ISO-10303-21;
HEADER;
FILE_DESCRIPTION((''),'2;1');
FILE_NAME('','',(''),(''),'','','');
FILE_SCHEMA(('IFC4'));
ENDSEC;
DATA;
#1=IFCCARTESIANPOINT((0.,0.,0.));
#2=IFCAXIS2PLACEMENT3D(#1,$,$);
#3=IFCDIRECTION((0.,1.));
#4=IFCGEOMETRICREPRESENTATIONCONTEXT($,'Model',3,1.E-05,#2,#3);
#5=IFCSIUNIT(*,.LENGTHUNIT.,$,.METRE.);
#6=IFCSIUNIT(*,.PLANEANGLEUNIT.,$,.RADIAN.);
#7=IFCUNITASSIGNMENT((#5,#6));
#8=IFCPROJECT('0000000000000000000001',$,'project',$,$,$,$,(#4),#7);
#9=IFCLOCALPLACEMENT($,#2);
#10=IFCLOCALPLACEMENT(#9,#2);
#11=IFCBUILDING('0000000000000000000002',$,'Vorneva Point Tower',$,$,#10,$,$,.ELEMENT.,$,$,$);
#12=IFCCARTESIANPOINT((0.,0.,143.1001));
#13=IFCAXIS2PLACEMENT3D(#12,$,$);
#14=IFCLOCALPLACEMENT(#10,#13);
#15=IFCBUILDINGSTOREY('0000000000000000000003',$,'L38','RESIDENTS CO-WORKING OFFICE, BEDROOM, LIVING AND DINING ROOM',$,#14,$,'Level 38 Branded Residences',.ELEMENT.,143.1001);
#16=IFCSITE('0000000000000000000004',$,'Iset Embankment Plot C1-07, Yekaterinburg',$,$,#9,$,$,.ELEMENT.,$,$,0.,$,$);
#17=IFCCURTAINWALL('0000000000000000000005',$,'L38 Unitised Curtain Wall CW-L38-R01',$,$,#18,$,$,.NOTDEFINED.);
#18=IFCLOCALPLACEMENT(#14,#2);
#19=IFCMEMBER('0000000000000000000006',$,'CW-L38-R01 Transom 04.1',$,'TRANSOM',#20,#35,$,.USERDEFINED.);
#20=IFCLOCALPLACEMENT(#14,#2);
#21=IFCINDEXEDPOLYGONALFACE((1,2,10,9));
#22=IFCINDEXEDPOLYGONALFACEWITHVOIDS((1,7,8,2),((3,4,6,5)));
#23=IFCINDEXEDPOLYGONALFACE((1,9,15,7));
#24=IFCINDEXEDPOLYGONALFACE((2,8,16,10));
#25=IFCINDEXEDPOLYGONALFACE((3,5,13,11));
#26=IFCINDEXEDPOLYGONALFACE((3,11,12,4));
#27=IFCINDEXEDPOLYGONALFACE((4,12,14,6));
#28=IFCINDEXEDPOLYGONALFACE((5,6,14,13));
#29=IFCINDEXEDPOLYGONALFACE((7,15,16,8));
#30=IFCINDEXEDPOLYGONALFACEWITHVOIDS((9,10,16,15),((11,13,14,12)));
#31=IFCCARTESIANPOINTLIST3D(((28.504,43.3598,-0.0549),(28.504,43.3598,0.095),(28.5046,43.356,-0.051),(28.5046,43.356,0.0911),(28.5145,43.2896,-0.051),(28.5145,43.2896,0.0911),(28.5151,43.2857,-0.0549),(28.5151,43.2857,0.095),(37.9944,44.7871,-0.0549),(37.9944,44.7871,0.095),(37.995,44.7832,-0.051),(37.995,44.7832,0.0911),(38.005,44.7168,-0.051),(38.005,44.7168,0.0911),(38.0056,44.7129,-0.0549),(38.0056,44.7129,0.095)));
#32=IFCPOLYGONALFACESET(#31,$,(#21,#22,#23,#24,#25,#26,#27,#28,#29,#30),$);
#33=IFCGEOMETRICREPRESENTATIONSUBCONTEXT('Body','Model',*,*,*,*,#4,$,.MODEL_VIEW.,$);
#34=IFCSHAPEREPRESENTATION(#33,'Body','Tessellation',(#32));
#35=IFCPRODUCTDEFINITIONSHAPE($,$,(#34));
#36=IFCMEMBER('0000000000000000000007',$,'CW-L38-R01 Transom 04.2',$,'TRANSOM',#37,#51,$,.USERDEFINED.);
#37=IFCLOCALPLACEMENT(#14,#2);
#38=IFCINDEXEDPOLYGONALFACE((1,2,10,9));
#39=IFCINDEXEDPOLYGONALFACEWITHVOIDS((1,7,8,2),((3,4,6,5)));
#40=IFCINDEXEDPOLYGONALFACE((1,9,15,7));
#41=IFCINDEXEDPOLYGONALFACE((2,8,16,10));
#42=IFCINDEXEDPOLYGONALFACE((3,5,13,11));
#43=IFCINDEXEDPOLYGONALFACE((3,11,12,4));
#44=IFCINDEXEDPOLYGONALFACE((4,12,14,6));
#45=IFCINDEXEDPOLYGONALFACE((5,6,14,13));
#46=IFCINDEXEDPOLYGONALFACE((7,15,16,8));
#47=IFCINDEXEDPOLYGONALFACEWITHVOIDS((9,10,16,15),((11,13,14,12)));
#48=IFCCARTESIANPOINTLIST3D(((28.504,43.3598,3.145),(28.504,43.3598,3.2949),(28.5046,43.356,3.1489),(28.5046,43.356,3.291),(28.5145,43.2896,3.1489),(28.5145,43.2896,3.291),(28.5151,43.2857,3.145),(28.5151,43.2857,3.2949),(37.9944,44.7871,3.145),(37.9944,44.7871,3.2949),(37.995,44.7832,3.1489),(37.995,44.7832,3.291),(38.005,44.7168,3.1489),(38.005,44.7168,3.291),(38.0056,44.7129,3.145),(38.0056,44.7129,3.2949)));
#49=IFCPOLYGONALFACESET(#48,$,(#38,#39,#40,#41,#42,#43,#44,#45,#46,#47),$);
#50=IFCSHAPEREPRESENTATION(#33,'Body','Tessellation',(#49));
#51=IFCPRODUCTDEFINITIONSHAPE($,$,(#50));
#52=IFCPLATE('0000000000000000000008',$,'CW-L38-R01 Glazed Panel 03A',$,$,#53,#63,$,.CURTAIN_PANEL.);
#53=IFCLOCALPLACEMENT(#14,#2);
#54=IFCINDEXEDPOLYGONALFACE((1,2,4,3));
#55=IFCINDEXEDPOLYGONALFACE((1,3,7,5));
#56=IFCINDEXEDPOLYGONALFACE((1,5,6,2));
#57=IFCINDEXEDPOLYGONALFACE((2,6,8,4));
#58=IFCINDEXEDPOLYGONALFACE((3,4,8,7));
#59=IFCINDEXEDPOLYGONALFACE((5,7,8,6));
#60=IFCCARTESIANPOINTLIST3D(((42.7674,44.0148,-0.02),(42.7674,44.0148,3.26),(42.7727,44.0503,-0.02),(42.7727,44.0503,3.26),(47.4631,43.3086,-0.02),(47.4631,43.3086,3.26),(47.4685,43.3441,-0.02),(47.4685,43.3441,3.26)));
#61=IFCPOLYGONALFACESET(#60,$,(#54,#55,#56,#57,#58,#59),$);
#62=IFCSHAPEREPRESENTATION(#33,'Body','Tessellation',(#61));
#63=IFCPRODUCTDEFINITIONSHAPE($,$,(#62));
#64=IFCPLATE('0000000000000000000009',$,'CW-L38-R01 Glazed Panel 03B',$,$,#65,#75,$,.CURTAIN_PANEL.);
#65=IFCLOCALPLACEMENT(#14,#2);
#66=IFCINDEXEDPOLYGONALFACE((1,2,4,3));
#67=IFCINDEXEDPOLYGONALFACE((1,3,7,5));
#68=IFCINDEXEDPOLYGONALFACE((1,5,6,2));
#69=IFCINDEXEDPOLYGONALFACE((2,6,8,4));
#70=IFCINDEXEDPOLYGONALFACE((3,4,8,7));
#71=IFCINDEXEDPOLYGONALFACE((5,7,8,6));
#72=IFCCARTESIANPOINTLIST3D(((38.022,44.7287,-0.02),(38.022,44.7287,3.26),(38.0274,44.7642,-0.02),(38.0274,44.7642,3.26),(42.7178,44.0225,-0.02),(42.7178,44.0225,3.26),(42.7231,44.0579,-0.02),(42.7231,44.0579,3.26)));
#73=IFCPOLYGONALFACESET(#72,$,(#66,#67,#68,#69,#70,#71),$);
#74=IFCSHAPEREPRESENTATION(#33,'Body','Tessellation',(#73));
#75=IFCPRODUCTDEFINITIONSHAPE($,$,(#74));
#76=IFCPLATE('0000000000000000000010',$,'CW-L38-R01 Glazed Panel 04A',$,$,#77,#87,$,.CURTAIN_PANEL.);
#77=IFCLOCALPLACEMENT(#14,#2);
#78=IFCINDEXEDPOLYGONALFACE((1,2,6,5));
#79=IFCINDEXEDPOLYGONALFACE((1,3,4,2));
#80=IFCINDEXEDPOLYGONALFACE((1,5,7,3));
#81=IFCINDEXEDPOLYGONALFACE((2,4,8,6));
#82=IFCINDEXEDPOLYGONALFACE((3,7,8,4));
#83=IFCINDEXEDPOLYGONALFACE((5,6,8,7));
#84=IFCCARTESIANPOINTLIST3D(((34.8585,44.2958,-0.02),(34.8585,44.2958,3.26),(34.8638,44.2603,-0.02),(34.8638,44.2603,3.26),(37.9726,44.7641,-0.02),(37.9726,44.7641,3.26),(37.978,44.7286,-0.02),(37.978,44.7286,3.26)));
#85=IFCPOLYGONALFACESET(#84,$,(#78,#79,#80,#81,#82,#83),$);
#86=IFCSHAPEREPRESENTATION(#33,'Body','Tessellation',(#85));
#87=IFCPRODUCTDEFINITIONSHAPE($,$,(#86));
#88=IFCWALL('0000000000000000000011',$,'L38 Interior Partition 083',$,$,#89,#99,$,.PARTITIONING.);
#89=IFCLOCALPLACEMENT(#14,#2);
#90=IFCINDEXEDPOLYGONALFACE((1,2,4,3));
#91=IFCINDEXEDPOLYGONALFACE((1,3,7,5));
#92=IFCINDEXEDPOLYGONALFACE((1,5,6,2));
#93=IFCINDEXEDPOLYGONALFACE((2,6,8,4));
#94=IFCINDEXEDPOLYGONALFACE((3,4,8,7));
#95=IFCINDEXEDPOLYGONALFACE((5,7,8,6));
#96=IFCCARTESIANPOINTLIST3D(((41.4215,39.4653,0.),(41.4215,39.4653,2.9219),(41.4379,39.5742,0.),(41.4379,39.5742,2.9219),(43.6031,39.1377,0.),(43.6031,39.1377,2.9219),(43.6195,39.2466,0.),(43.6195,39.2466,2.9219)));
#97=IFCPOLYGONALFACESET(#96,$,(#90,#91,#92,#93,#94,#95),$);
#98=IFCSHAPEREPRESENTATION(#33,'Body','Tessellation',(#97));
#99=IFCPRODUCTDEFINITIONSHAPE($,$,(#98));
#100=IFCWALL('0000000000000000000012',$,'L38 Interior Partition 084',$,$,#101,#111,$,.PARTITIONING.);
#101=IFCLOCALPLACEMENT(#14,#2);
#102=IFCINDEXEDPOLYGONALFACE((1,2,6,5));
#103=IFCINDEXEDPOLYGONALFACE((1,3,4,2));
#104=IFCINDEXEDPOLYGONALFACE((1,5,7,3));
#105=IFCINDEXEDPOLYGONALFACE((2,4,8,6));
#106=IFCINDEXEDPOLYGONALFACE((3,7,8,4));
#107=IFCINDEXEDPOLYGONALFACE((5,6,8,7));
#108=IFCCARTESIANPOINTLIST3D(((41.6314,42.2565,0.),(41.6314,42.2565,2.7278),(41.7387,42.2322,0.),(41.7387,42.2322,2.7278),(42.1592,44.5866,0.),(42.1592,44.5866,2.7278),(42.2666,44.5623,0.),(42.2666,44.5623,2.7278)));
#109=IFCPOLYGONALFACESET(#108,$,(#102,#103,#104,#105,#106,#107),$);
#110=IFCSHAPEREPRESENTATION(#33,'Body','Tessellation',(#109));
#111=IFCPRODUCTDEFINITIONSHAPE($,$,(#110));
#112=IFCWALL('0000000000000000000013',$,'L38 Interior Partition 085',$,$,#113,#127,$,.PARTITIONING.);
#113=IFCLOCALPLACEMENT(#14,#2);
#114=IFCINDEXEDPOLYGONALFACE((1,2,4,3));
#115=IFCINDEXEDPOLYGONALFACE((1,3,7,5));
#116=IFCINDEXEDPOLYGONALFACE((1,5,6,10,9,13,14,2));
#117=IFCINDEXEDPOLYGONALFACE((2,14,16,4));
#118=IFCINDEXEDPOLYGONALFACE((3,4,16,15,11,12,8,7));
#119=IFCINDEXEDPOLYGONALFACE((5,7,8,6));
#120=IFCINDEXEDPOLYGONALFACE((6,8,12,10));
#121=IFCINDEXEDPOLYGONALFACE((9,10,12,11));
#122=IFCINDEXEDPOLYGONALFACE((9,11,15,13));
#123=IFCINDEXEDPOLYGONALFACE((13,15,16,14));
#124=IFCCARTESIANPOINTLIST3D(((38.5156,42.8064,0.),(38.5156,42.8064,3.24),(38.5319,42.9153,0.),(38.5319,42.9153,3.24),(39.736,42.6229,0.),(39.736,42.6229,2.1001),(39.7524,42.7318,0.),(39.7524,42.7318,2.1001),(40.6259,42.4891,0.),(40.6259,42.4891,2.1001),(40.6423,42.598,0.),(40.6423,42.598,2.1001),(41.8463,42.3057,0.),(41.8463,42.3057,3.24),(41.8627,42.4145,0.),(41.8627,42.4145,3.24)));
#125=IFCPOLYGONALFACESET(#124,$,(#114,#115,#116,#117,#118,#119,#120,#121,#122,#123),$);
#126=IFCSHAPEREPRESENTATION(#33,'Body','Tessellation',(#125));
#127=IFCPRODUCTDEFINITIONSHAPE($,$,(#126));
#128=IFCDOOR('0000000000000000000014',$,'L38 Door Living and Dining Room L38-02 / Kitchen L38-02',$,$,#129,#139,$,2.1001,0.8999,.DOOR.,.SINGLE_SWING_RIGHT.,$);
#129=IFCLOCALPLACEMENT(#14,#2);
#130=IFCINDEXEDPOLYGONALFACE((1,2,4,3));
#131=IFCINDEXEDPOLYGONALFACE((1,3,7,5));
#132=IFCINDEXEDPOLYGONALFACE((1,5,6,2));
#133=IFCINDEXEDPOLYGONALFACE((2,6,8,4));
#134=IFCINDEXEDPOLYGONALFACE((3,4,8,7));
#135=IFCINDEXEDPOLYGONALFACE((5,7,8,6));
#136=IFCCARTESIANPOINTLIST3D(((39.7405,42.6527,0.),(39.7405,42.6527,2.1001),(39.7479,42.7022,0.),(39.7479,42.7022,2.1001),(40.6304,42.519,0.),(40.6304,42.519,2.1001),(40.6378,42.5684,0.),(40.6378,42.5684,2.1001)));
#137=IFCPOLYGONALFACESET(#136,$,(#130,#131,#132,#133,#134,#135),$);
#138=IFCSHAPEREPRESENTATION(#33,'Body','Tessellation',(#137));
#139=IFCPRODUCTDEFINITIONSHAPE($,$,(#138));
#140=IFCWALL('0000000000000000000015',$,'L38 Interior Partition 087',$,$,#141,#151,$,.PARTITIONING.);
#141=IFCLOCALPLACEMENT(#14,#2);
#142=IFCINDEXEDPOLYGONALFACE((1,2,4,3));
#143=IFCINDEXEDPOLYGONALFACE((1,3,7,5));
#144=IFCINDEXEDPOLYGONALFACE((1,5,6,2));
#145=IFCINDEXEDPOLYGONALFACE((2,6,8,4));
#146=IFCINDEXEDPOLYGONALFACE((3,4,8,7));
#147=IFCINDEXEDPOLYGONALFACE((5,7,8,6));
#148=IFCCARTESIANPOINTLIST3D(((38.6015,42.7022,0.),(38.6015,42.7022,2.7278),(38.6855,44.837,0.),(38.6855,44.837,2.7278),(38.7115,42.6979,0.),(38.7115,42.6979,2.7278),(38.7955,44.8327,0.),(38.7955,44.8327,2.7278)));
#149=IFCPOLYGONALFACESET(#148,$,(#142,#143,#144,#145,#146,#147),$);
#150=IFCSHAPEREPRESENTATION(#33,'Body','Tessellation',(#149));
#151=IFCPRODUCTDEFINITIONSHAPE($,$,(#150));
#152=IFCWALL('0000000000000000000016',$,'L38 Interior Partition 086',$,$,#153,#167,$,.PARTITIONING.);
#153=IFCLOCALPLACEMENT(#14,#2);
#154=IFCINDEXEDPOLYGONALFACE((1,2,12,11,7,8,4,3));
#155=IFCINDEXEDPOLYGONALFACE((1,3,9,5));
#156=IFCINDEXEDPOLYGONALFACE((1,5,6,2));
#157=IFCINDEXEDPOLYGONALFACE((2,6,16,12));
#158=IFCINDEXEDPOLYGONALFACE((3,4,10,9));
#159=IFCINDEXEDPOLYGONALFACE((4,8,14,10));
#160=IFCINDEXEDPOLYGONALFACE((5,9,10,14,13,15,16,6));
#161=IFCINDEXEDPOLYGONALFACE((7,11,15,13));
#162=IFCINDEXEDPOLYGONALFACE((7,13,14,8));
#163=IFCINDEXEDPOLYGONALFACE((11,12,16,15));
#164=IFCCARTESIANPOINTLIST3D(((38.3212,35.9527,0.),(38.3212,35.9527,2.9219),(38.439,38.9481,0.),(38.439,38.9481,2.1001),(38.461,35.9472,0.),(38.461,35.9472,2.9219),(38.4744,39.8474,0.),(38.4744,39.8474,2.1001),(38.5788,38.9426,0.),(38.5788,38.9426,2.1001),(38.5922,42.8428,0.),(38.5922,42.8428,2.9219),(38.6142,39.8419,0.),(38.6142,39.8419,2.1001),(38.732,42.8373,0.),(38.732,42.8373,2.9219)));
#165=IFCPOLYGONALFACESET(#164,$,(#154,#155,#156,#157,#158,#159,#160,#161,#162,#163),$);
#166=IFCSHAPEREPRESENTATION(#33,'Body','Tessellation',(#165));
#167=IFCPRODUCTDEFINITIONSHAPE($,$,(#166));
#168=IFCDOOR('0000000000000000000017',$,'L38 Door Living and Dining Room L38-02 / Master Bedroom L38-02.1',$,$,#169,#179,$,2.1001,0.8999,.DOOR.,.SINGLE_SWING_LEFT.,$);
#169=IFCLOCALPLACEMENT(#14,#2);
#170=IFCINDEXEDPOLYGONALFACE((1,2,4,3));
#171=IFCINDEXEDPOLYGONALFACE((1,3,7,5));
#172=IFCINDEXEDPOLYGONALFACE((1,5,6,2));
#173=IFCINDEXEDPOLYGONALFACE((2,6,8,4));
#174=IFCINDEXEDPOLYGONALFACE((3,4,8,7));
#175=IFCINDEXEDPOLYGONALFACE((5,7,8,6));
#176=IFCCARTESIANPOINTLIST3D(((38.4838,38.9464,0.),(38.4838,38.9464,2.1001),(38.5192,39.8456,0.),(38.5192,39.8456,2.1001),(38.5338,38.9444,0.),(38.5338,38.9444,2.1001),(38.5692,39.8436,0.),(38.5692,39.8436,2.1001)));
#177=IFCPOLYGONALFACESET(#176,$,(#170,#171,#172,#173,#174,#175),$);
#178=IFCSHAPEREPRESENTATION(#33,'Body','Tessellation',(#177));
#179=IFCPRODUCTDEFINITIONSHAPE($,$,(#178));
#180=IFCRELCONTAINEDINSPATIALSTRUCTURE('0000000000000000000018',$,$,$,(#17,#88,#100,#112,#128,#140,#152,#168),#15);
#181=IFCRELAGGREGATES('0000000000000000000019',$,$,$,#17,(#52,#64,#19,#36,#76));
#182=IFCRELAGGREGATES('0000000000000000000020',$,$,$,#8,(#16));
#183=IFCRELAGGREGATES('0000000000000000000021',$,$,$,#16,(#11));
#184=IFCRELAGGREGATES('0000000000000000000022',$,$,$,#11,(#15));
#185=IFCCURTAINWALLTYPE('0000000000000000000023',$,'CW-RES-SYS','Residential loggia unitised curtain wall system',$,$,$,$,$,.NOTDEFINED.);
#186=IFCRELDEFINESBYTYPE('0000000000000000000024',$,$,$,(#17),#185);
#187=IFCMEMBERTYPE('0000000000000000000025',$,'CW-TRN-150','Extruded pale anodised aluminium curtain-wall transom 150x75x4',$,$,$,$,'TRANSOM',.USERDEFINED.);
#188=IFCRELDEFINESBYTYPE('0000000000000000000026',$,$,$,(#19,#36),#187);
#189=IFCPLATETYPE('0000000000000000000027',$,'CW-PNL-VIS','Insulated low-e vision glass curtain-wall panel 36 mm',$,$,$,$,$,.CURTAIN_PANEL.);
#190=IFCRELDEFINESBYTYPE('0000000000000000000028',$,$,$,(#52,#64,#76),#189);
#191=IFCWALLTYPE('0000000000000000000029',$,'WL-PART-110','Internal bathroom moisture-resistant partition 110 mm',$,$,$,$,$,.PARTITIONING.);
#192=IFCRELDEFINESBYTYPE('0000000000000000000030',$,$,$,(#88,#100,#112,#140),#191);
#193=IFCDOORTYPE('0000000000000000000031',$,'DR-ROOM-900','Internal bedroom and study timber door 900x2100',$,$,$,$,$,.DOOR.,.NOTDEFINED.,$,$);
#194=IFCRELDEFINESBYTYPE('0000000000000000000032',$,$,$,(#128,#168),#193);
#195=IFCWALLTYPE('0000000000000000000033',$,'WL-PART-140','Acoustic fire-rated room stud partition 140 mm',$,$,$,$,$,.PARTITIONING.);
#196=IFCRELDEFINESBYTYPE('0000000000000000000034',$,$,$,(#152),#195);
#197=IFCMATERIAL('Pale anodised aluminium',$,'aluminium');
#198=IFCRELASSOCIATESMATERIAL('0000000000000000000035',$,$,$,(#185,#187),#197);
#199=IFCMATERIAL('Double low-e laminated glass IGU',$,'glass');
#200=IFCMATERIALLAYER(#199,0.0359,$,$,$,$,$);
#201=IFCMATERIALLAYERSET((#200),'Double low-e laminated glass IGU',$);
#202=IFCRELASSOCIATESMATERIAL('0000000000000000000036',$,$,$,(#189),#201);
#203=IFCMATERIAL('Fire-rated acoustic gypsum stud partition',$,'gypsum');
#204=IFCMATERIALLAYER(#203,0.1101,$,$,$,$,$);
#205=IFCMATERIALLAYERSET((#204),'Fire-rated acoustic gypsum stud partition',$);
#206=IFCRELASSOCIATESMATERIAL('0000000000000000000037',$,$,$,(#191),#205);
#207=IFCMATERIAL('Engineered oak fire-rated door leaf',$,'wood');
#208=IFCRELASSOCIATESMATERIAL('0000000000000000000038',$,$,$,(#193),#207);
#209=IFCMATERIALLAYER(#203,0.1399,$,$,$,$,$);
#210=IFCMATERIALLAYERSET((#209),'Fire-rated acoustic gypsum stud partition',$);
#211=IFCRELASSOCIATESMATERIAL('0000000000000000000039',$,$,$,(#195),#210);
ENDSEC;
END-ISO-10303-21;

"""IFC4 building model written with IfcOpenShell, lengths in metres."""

from ifc_helpers import new_model, si_unit, direction, frame, frame_2d, origin, origin_2d, place, context, subcontext, project, spatial, rectangle, hollow_rectangle, extrude, material, layer, layer_set, material_profile, profile_set, type_object, element, fill, aggregate, save


model = new_model("IFC4")

# Units and contexts
model_context = context("Model", 3, precision=1e-05, world=origin(), true_north=direction((0.0, 1.0)))
body_context = subcontext(model_context, "Body", "Model", "MODEL_VIEW")
ifc_project = project(units=[si_unit("LENGTHUNIT", "METRE"), si_unit("PLANEANGLEUNIT", "RADIAN")], contexts=[model_context])

# Site, building, storey
site_placement = place(None, origin())
site = spatial("IfcSite", under=ifc_project, at=site_placement, Name="Iset Embankment Plot C1-07, Yekaterinburg", CompositionType="ELEMENT", RefElevation=0.0)
building_placement = place(site_placement, origin())
building = spatial("IfcBuilding", under=site, at=building_placement, Name="Vorneva Point Tower", CompositionType="ELEMENT")
storey_placement = place(building_placement, frame((0.0, 0.0, 143.1001)))
storey = spatial("IfcBuildingStorey", under=building, at=storey_placement, Name="L38", Description="RESIDENTS CO-WORKING OFFICE, BEDROOM, LIVING AND DINING ROOM", LongName="Level 38 Branded Residences", CompositionType="ELEMENT", Elevation=143.1001)

# Curtain wall, members, plates
ifc_material_1 = material(Name="Pale anodised aluminium", Category="aluminium")
curtain_wall_type = type_object("IfcCurtainWallType", Name="CW-RES-SYS", Description="Residential loggia unitised curtain wall system", PredefinedType="NOTDEFINED", material=ifc_material_1)
curtain_wall_placement = place(storey_placement, origin())
curtain_wall = element("IfcCurtainWall", 1, at=curtain_wall_placement, inside=storey, type_object=curtain_wall_type, Name="L38 Unitised Curtain Wall CW-L38-R01", PredefinedType="NOTDEFINED")
ifc_material_profile_1 = material_profile(ifc_material_1, hollow_rectangle(XDim=0.075, YDim=0.1499, WallThickness=0.0039, at=origin_2d()), Name="AL-TRN 150x75x4")
ifc_profile_set_1 = profile_set([ifc_material_profile_1], Name="Pale anodised aluminium")
member_type_1 = type_object("IfcMemberType", Name="CW-TRN-150", Description="Extruded pale anodised aluminium curtain-wall transom 150x75x4", ElementType="TRANSOM", PredefinedType="USERDEFINED", material=ifc_profile_set_1)
member_1_placement = place(storey_placement, frame((38.0, 44.75, 0.02), z_axis=(-0.98888, -0.148715, 0.0), x_axis=(0.148715, -0.98888, 0.0)))
member_1 = element("IfcMember", 2, at=member_1_placement, type_object=member_type_1, Name="CW-L38-R01 Transom 04.1", ObjectType="TRANSOM", PredefinedType="USERDEFINED", context=body_context, shape_type="SweptSolid", body=[
    extrude(hollow_rectangle(XDim=0.075, YDim=0.1499, WallThickness=0.0039, at=origin_2d()), origin(), (0.0, 0.0, 1.0), 9.5972),
])
member_2_placement = place(storey_placement, frame((38.0, 44.75, 3.22), z_axis=(-0.98888, -0.148715, 0.0), x_axis=(0.148715, -0.98888, 0.0)))
member_2 = element("IfcMember", 3, at=member_2_placement, type_object=member_type_1, Name="CW-L38-R01 Transom 04.2", ObjectType="TRANSOM", PredefinedType="USERDEFINED", context=body_context, shape_type="SweptSolid", body=[
    extrude(hollow_rectangle(XDim=0.075, YDim=0.1499, WallThickness=0.0039, at=origin_2d()), origin(), (0.0, 0.0, 1.0), 9.5972),
])
ifc_material_2 = material(Name="Double low-e laminated glass IGU", Category="glass")
ifc_layer_1 = layer(ifc_material_2, 0.0359)
ifc_layer_set_1 = layer_set([ifc_layer_1], Name="Double low-e laminated glass IGU")
plate_type = type_object("IfcPlateType", Name="CW-PNL-VIS", Description="Insulated low-e vision glass curtain-wall panel 36 mm", PredefinedType="CURTAIN_PANEL", material=ifc_layer_set_1)
plate_1_placement = place(storey_placement, frame((45.1179, 43.6794, -0.02), z_axis=(0.0, 0.0, 1.0), x_axis=(-0.988879, 0.148724, 0.0)))
plate_1 = element("IfcPlate", 4, at=plate_1_placement, type_object=plate_type, Name="CW-L38-R01 Glazed Panel 03A", PredefinedType="CURTAIN_PANEL", context=body_context, shape_type="SweptSolid", body=[
    extrude(rectangle(XDim=4.7485, YDim=0.0359, at=origin_2d()), origin(), (0.0, 0.0, 1.0), 3.28),
])
plate_2_placement = place(storey_placement, frame((40.3726, 44.3933, -0.02), z_axis=(0.0, 0.0, 1.0), x_axis=(-0.988879, 0.148724, 0.0)))
plate_2 = element("IfcPlate", 5, at=plate_2_placement, type_object=plate_type, Name="CW-L38-R01 Glazed Panel 03B", PredefinedType="CURTAIN_PANEL", context=body_context, shape_type="SweptSolid", body=[
    extrude(rectangle(XDim=4.7485, YDim=0.0359, at=origin_2d()), origin(), (0.0, 0.0, 1.0), 3.28),
])
plate_3_placement = place(storey_placement, frame((36.4182, 44.5122, -0.02), z_axis=(0.0, 0.0, 1.0), x_axis=(-0.988879, -0.148724, 0.0)))
plate_3 = element("IfcPlate", 6, at=plate_3_placement, type_object=plate_type, Name="CW-L38-R01 Glazed Panel 04A", PredefinedType="CURTAIN_PANEL", context=body_context, shape_type="SweptSolid", body=[
    extrude(rectangle(XDim=3.1492, YDim=0.0359, at=origin_2d()), origin(), (0.0, 0.0, 1.0), 3.28),
])
aggregate(curtain_wall, [plate_1, plate_2, member_1, member_2, plate_3])

# Walls
ifc_material_3 = material(Name="Fire-rated acoustic gypsum stud partition", Category="gypsum")
ifc_layer_2 = layer(ifc_material_3, 0.1101)
ifc_layer_set_2 = layer_set([ifc_layer_2], Name="Fire-rated acoustic gypsum stud partition")
wall_type_1 = type_object("IfcWallType", Name="WL-PART-110", Description="Internal bathroom moisture-resistant partition 110 mm", PredefinedType="PARTITIONING", material=ifc_layer_set_2)
wall_1_placement = place(storey_placement, frame((41.4297, 39.5198, 0.0), z_axis=(0.0, 0.0, 1.0), x_axis=(0.98891, -0.148514, 0.0)))
element("IfcWall", 7, at=wall_1_placement, inside=storey, type_object=wall_type_1, Name="L38 Interior Partition 083", PredefinedType="PARTITIONING", context=body_context, shape_type="SweptSolid", body=[
    extrude(rectangle(XDim=2.2061, YDim=0.1101, at=frame_2d((1.103, 0.0))), origin(), (0.0, 0.0, 1.0), 2.9219),
])
wall_2_placement = place(storey_placement, frame((42.2129, 44.5745, 0.0), z_axis=(0.0, 0.0, 1.0), x_axis=(-0.220932, -0.975289, 0.0)))
element("IfcWall", 8, at=wall_2_placement, inside=storey, type_object=wall_type_1, Name="L38 Interior Partition 084", PredefinedType="PARTITIONING", context=body_context, shape_type="SweptSolid", body=[
    extrude(rectangle(XDim=2.3892, YDim=0.1101, at=frame_2d((1.1946, 0.0))), origin(), (0.0, 0.0, 1.0), 2.7278),
])

# Wall, opening, door
wall_3_placement = place(storey_placement, frame((41.8545, 42.3601, 0.0), z_axis=(0.0, 0.0, 1.0), x_axis=(-0.988888, 0.148663, 0.0)))
wall_3 = element("IfcWall", 9, at=wall_3_placement, inside=storey, type_object=wall_type_1, Name="L38 Interior Partition 085", PredefinedType="PARTITIONING", context=body_context, shape_type="SweptSolid", body=[
    extrude(rectangle(XDim=3.3682, YDim=0.1101, at=frame_2d((1.6841, 0.0))), origin(), (0.0, 0.0, 1.0), 3.24),
])
opening_1_placement = place(wall_3_placement, frame((1.2341, 0.0, 0.0)))
opening_1 = element("IfcOpeningElement", 10, at=opening_1_placement, cuts=wall_3, PredefinedType="OPENING", context=body_context, shape_type="SweptSolid", body=[
    extrude(rectangle(XDim=0.8999, YDim=2.1001, at=frame_2d((0.45, 1.05))), frame((0.0, 0.0698, 0.0), z_axis=(0.0, -1.0, 0.0), x_axis=(1.0, 0.0, 0.0)), (0.0, 0.0, 1.0), 0.1399),
])
ifc_material_4 = material(Name="Engineered oak fire-rated door leaf", Category="wood")
door_type_1 = type_object("IfcDoorType", Name="DR-ROOM-900", Description="Internal bedroom and study timber door 900x2100", OperationType="NOTDEFINED", PredefinedType="DOOR", material=ifc_material_4)
door_1_placement = place(opening_1_placement, origin())
door_1 = element("IfcDoor", 11, at=door_1_placement, inside=storey, type_object=door_type_1, Name="L38 Door Living and Dining Room L38-02 / Kitchen L38-02", OperationType="SINGLE_SWING_RIGHT", OverallHeight=2.1001, OverallWidth=0.8999, PredefinedType="DOOR", context=body_context, shape_type="SweptSolid", body=[
    extrude(rectangle(XDim=0.8999, YDim=2.1001, at=frame_2d((0.45, 1.05))), frame((0.0, 0.0249, 0.0), z_axis=(0.0, -1.0, 0.0), x_axis=(1.0, 0.0, 0.0)), (0.0, 0.0, 1.0), 0.05),
])
fill(opening_1, door_1)

# Wall
wall_4_placement = place(storey_placement, frame((38.7405, 44.835, 0.0), z_axis=(0.0, 0.0, 1.0), x_axis=(-0.039311, -0.999227, 0.0)))
element("IfcWall", 12, at=wall_4_placement, inside=storey, type_object=wall_type_1, Name="L38 Interior Partition 087", PredefinedType="PARTITIONING", context=body_context, shape_type="SweptSolid", body=[
    extrude(rectangle(XDim=2.1365, YDim=0.1101, at=frame_2d((1.0684, 0.0))), origin(), (0.0, 0.0, 1.0), 2.7278),
])

# Wall, opening, door
ifc_layer_3 = layer(ifc_material_3, 0.1399)
ifc_layer_set_3 = layer_set([ifc_layer_3], Name="Fire-rated acoustic gypsum stud partition")
wall_type_2 = type_object("IfcWallType", Name="WL-PART-140", Description="Acoustic fire-rated room stud partition 140 mm", PredefinedType="PARTITIONING", material=ifc_layer_set_3)
wall_5_placement = place(storey_placement, frame((38.6621, 42.8401, 0.0), z_axis=(0.0, 0.0, 1.0), x_axis=(-0.039301, -0.999227, 0.0)))
wall_5 = element("IfcWall", 13, at=wall_5_placement, inside=storey, type_object=wall_type_2, Name="L38 Interior Partition 086", PredefinedType="PARTITIONING", context=body_context, shape_type="SweptSolid", body=[
    extrude(rectangle(XDim=6.8955, YDim=0.1399, at=frame_2d((3.4478, 0.0))), origin(), (0.0, 0.0, 1.0), 2.9219),
])
opening_2_placement = place(wall_5_placement, frame((2.9978, 0.0, 0.0)))
opening_2 = element("IfcOpeningElement", 14, at=opening_2_placement, cuts=wall_5, PredefinedType="OPENING", context=body_context, shape_type="SweptSolid", body=[
    extrude(rectangle(XDim=0.8999, YDim=2.1001, at=frame_2d((0.45, 1.05))), frame((0.0, 0.085, 0.0), z_axis=(0.0, -1.0, 0.0), x_axis=(1.0, 0.0, 0.0)), (0.0, 0.0, 1.0), 0.1697),
])
door_2_placement = place(opening_2_placement, origin())
door_2 = element("IfcDoor", 15, at=door_2_placement, inside=storey, type_object=door_type_1, Name="L38 Door Living and Dining Room L38-02 / Master Bedroom L38-02.1", OperationType="SINGLE_SWING_LEFT", OverallHeight=2.1001, OverallWidth=0.8999, PredefinedType="DOOR", context=body_context, shape_type="SweptSolid", body=[
    extrude(rectangle(XDim=0.8999, YDim=2.1001, at=frame_2d((0.45, 1.05))), frame((0.0, 0.0249, 0.0), z_axis=(0.0, -1.0, 0.0), x_axis=(1.0, 0.0, 0.0)), (0.0, 0.0, 1.0), 0.05),
])
fill(opening_2, door_2)

save(model, "model.ifc")
